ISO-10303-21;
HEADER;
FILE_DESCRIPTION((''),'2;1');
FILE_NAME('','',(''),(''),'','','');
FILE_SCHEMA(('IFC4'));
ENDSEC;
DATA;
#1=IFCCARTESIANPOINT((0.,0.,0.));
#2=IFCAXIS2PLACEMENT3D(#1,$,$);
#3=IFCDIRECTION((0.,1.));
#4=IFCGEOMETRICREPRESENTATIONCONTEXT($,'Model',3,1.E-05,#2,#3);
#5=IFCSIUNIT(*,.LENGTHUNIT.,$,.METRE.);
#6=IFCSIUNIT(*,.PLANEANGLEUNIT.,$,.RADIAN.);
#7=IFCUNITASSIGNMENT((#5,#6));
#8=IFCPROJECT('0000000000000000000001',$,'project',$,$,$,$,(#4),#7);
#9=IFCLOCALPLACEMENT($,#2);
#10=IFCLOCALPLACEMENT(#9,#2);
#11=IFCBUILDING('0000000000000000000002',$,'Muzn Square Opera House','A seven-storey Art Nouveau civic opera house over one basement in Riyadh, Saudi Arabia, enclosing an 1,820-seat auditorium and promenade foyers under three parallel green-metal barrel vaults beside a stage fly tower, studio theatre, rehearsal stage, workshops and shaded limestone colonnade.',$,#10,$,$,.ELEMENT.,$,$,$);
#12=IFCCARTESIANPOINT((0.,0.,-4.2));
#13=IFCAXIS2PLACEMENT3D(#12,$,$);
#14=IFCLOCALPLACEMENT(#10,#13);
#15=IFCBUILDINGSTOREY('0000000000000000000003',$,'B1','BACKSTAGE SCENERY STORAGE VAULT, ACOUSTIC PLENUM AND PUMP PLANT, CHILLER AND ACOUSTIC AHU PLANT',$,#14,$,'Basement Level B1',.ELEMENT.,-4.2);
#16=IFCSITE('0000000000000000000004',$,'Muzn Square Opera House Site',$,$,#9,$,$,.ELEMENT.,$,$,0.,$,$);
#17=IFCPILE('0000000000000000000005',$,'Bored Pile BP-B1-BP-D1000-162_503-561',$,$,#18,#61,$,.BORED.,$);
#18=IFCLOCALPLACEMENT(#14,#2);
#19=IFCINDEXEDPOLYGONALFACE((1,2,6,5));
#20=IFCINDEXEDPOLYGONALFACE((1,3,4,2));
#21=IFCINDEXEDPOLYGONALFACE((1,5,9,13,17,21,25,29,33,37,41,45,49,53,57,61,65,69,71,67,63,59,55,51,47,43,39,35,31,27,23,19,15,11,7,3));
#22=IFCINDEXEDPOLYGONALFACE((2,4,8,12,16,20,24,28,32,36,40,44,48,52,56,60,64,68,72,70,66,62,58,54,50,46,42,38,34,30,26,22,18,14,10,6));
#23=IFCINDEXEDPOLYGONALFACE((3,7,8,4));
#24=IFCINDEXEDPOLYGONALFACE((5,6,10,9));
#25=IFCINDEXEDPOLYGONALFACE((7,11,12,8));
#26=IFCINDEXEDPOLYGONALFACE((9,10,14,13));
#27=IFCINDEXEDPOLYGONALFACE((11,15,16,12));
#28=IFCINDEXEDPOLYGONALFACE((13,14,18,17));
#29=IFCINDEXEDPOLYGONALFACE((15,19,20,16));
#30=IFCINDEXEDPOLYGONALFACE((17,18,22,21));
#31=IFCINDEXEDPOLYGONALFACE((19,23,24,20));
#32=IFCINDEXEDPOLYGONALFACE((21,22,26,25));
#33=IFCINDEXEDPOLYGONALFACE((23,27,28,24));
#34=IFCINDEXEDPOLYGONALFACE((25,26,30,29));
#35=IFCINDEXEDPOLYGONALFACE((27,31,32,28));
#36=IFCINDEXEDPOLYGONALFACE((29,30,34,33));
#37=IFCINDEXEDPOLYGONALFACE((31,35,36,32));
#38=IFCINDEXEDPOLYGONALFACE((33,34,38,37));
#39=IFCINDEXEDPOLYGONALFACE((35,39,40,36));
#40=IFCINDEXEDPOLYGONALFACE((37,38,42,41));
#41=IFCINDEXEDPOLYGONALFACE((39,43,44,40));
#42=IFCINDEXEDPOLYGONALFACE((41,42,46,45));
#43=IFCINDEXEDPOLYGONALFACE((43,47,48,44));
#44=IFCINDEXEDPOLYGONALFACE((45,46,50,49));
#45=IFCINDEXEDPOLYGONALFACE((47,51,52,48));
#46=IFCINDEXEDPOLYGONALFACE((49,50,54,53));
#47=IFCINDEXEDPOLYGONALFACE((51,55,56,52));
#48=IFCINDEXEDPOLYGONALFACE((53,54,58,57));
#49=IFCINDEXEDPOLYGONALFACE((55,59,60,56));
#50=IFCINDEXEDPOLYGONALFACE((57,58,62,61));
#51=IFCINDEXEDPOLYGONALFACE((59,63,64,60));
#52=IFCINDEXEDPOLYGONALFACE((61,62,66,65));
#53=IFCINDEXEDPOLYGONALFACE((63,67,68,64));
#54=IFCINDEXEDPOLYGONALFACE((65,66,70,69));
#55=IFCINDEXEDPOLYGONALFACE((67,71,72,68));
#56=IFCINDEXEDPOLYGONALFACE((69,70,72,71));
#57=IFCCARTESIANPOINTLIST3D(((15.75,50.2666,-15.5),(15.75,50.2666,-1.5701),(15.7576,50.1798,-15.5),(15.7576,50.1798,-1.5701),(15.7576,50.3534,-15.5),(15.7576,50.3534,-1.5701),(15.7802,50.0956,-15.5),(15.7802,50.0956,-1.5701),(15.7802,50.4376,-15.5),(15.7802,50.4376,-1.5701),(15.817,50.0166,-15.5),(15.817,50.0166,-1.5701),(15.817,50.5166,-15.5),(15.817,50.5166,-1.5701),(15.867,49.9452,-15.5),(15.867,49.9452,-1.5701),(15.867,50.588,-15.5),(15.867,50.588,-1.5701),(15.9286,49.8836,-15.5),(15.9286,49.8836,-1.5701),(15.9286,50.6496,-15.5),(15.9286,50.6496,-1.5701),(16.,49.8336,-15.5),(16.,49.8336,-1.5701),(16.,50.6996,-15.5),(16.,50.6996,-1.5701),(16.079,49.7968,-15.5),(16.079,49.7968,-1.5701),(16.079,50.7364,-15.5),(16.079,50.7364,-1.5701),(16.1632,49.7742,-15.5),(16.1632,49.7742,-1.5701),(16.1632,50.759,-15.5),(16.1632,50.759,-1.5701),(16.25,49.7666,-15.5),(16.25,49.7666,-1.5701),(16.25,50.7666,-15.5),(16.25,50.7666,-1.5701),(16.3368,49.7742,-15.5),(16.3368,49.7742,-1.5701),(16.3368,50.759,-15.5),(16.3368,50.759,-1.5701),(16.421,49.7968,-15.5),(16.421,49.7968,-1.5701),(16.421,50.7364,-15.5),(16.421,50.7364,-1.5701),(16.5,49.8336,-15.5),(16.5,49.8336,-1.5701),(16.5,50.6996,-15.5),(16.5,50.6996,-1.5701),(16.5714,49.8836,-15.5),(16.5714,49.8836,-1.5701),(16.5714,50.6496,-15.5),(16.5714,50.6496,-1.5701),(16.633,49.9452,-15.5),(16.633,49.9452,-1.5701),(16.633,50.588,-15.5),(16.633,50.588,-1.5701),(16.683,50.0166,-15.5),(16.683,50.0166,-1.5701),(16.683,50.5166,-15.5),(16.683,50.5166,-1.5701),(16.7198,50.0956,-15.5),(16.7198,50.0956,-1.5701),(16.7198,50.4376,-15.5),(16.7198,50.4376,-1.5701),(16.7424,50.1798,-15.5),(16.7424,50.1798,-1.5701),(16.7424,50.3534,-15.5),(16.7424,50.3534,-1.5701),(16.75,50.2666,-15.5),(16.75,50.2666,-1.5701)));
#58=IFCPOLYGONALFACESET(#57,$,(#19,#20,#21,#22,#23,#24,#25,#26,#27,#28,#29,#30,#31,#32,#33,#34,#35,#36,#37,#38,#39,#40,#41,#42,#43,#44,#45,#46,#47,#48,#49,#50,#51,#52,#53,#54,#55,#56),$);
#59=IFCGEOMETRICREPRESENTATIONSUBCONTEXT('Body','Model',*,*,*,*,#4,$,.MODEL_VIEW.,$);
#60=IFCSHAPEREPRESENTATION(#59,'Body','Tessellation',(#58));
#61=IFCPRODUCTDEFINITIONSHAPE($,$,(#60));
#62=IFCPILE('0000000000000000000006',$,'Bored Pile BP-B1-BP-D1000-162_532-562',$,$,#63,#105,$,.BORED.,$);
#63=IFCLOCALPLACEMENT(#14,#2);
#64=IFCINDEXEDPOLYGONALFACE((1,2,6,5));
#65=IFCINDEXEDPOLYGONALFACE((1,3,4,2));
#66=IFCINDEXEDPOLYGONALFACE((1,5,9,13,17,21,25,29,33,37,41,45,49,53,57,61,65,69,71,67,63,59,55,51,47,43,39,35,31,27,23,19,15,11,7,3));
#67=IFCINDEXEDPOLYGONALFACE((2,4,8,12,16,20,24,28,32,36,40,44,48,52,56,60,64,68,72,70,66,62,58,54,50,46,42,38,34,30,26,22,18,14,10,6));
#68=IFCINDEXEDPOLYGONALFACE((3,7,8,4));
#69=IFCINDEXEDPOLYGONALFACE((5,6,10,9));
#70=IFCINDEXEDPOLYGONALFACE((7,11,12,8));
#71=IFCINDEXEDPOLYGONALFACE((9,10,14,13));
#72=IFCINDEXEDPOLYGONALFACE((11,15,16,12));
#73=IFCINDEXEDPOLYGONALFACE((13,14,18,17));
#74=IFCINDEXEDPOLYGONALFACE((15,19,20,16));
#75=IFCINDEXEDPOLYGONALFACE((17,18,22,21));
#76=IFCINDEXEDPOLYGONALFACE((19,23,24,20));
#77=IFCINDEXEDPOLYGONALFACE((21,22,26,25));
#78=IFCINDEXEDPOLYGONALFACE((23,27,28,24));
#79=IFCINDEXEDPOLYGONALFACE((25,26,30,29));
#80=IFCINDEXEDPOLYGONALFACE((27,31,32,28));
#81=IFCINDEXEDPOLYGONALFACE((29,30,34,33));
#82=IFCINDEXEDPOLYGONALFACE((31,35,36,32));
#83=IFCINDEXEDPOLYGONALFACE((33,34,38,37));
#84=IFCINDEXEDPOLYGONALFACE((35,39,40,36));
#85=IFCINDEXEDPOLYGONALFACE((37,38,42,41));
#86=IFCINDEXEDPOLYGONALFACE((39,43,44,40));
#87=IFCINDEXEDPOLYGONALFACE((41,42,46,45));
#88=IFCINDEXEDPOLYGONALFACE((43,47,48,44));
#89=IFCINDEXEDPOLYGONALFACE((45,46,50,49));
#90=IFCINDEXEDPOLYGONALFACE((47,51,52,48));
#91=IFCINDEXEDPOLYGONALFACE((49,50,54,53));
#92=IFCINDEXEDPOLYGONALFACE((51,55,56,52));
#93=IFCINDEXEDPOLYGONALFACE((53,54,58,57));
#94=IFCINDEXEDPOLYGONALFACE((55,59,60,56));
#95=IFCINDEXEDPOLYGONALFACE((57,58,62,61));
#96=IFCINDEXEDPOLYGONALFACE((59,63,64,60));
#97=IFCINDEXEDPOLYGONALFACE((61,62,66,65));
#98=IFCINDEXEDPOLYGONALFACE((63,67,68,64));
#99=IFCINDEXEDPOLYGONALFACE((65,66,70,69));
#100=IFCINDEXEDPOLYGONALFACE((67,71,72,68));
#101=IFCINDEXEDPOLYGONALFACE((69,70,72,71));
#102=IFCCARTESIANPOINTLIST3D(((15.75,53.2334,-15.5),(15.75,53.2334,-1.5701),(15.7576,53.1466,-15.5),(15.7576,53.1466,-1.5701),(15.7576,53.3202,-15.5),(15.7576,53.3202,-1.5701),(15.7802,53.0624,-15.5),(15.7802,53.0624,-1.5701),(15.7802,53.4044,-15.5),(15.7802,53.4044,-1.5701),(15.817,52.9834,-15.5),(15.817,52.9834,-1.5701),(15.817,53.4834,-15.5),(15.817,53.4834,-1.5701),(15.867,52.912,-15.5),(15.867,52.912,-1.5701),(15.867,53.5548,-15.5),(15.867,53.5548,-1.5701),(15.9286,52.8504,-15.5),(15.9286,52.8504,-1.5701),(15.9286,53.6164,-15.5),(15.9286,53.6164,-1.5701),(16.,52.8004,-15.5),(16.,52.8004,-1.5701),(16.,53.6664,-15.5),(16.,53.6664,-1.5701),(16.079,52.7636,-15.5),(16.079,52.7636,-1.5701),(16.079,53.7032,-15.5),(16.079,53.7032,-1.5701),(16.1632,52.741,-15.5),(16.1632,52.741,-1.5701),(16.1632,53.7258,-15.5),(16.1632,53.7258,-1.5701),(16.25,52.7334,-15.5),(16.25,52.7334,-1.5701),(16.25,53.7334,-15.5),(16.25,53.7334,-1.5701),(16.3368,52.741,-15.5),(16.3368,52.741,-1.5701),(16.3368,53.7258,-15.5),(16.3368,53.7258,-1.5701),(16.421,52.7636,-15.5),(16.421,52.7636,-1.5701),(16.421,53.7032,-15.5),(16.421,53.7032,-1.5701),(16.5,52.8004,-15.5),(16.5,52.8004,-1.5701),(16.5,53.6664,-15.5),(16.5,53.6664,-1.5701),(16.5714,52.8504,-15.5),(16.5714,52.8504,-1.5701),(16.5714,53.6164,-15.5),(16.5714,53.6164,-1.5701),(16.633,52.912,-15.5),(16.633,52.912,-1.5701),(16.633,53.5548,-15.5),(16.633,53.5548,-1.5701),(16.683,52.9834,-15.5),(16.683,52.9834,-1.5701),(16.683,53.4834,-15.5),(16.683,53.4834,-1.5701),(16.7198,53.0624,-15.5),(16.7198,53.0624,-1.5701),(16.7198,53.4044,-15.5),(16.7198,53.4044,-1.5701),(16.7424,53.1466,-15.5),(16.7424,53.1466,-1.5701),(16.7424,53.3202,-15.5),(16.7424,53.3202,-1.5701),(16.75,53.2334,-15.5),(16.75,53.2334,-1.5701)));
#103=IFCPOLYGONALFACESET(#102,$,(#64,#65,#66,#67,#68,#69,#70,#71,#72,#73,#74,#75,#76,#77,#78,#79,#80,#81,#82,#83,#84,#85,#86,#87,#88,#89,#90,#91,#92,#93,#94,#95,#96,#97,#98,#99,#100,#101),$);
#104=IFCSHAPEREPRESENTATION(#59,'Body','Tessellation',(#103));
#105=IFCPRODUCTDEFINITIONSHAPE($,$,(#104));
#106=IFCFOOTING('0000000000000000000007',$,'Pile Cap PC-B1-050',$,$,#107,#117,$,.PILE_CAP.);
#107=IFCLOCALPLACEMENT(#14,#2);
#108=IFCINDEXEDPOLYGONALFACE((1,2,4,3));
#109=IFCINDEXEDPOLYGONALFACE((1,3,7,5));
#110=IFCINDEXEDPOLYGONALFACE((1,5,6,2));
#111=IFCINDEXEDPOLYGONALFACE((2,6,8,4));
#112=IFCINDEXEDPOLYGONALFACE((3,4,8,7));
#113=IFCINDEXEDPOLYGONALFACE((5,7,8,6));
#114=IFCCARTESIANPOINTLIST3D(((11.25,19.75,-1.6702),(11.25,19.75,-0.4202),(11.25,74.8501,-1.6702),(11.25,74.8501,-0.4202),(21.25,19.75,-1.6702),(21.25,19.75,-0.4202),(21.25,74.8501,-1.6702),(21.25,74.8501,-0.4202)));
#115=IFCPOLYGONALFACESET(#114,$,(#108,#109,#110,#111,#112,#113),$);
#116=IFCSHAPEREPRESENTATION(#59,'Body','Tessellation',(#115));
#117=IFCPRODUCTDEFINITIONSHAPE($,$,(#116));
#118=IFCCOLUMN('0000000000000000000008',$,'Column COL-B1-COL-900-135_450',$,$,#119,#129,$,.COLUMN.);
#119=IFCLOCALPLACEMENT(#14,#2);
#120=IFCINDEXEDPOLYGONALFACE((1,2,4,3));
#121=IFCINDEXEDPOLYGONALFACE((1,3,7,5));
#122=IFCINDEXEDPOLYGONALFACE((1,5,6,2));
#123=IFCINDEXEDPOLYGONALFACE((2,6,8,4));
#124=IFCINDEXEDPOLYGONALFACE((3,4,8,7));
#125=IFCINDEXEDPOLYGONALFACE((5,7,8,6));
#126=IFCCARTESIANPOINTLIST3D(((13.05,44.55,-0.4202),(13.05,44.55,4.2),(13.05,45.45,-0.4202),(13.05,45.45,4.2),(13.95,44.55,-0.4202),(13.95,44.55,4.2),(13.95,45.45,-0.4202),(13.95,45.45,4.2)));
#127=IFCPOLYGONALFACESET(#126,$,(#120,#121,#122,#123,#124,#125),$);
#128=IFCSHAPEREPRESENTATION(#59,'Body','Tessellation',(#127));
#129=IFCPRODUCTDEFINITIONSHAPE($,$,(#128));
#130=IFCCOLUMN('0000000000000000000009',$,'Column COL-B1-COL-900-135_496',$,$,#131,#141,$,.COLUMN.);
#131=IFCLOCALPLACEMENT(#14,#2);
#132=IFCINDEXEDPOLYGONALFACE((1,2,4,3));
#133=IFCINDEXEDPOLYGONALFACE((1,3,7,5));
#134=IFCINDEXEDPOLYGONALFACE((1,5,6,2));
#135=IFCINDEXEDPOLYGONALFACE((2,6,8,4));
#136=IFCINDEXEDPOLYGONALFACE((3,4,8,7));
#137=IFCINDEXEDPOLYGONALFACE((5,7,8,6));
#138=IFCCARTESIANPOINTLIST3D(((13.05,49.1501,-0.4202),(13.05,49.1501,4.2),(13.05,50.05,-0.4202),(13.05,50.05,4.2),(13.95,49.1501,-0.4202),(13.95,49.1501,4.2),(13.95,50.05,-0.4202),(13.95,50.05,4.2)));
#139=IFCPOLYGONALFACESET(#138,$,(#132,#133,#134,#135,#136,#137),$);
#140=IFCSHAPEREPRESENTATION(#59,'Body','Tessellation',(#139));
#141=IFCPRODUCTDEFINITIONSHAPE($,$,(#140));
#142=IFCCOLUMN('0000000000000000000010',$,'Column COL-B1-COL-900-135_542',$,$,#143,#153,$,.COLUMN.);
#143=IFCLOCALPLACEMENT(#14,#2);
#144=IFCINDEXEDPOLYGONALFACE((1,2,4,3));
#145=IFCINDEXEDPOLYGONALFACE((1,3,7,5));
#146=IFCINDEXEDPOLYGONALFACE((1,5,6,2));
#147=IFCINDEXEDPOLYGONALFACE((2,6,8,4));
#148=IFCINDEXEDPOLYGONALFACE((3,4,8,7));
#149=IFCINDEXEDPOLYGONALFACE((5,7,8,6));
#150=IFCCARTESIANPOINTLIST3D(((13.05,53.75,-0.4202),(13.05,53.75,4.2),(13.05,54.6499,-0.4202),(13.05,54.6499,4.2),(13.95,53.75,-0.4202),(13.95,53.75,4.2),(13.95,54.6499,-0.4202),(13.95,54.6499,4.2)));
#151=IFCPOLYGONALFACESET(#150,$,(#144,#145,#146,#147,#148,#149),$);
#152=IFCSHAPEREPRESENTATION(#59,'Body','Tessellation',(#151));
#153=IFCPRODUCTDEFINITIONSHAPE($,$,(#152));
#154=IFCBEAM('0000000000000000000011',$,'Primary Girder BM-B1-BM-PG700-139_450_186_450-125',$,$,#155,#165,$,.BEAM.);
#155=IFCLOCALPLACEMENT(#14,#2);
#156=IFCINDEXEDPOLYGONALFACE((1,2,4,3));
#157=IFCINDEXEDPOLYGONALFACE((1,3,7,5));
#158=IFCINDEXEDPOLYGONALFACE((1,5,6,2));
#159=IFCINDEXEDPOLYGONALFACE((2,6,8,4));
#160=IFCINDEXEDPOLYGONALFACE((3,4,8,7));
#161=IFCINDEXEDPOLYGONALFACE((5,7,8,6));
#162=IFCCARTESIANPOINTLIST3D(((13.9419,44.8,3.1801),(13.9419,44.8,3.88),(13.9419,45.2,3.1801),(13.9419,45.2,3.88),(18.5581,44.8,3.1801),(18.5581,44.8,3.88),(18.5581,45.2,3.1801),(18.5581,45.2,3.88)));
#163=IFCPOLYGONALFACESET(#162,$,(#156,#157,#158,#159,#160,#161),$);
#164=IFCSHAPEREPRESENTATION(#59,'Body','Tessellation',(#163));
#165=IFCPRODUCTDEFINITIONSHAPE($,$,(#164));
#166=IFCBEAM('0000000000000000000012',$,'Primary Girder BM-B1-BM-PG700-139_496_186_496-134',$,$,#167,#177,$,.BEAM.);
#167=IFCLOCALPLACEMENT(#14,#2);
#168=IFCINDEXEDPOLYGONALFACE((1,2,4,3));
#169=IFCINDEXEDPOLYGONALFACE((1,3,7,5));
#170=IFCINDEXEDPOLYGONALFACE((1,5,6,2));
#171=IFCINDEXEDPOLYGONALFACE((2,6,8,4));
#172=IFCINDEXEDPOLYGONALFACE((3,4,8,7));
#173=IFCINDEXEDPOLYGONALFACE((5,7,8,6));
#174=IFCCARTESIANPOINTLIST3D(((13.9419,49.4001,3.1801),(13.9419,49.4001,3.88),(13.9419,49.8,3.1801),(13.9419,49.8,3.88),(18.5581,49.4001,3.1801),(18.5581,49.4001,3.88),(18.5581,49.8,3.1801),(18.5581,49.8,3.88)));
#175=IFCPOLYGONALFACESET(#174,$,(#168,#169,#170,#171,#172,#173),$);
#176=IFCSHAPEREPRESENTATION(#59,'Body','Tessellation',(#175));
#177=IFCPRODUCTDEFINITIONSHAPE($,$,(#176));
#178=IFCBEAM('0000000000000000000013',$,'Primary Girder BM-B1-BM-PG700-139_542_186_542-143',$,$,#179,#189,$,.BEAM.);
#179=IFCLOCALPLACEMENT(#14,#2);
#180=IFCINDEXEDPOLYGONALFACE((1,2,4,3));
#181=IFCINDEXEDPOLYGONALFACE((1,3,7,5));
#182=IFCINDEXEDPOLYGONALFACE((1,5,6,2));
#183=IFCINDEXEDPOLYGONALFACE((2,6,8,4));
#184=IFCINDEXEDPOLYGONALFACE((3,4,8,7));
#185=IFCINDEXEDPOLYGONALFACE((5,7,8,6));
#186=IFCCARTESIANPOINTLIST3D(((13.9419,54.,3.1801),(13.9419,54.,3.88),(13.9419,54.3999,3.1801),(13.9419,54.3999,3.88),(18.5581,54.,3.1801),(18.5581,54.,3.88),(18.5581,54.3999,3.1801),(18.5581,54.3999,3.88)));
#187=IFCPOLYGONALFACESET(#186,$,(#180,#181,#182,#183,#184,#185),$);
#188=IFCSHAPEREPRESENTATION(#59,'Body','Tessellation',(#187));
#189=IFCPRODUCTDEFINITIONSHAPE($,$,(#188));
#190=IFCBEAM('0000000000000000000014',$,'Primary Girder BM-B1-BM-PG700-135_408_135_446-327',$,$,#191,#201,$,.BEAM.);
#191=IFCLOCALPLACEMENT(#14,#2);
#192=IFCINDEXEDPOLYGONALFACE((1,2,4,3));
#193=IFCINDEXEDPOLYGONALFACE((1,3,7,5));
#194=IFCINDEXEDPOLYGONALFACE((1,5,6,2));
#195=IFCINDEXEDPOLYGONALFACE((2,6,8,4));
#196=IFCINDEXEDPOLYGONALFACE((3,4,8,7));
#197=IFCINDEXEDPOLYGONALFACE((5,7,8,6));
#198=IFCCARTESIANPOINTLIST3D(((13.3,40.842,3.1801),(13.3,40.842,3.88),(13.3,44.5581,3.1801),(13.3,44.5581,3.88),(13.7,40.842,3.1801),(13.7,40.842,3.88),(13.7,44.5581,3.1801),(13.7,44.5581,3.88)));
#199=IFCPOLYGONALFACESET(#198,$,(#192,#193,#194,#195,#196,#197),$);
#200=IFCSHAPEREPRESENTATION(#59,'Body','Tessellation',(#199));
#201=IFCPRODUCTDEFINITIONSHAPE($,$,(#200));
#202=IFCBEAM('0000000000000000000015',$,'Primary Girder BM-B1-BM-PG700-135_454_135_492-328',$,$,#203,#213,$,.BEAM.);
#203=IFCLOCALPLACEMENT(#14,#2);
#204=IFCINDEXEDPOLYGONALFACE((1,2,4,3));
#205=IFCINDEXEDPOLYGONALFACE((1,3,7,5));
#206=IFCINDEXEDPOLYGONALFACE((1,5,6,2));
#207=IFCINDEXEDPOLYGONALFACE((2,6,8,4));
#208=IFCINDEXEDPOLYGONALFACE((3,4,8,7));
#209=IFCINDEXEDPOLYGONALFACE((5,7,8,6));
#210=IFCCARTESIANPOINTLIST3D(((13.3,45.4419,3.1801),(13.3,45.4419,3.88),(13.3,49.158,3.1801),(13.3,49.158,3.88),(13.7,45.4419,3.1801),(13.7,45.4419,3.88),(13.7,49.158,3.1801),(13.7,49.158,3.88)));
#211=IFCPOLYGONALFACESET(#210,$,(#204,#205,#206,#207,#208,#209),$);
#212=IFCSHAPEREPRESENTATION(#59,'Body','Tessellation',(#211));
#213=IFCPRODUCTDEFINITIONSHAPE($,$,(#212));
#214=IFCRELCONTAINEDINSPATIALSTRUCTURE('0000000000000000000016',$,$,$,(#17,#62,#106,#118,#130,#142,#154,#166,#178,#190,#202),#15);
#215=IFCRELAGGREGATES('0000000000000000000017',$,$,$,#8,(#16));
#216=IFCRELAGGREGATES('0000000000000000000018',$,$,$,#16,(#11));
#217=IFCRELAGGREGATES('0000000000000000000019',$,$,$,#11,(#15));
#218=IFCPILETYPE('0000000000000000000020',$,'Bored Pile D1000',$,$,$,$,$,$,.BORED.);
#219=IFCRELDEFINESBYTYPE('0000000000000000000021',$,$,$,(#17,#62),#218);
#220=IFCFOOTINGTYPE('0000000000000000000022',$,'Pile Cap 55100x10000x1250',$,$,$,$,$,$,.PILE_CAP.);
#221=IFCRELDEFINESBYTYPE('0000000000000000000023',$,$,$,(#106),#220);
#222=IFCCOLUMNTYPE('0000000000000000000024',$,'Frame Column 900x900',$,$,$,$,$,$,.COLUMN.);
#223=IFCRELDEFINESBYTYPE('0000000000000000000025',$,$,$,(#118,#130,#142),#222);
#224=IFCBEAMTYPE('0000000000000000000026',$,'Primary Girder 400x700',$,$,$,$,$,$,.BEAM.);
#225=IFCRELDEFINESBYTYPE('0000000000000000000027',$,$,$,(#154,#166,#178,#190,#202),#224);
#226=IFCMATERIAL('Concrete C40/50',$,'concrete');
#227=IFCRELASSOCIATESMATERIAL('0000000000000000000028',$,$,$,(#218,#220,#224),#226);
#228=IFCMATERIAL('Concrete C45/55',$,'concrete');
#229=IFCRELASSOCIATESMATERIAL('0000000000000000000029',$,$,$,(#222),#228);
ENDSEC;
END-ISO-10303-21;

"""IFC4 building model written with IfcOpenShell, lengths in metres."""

from ifc_helpers import new_model, si_unit, direction, frame, origin, origin_2d, place, context, subcontext, project, spatial, rectangle, circle, extrude, material, material_profile, profile_set, type_object, element, save


model = new_model("IFC4")

# Units and contexts
model_context = context("Model", 3, precision=1e-05, world=origin(), true_north=direction((0.0, 1.0)))
body_context = subcontext(model_context, "Body", "Model", "MODEL_VIEW")
ifc_project = project(units=[si_unit("LENGTHUNIT", "METRE"), si_unit("PLANEANGLEUNIT", "RADIAN")], contexts=[model_context])

# Site, building, storey
site_placement = place(None, origin())
site = spatial("IfcSite", under=ifc_project, at=site_placement, Name="Muzn Square Opera House Site", CompositionType="ELEMENT", RefElevation=0.0)
building_placement = place(site_placement, origin())
building = spatial("IfcBuilding", under=site, at=building_placement, Name="Muzn Square Opera House", Description="A seven-storey Art Nouveau civic opera house over one basement in Riyadh, Saudi Arabia, enclosing an 1,820-seat auditorium and promenade foyers under three parallel green-metal barrel vaults beside a stage fly tower, studio theatre, rehearsal stage, workshops and shaded limestone colonnade.", CompositionType="ELEMENT")
storey_placement = place(building_placement, frame((0.0, 0.0, -4.2)))
storey = spatial("IfcBuildingStorey", under=building, at=storey_placement, Name="B1", Description="BACKSTAGE SCENERY STORAGE VAULT, ACOUSTIC PLENUM AND PUMP PLANT, CHILLER AND ACOUSTIC AHU PLANT", LongName="Basement Level B1", CompositionType="ELEMENT", Elevation=-4.2)

# Piles
ifc_material_1 = material(Name="Concrete C40/50", Category="concrete")
ifc_material_profile_1 = material_profile(ifc_material_1, circle(Radius=0.5, at=origin_2d()), Name="BORED PILE D1000", Category="concrete")
ifc_profile_set_1 = profile_set([ifc_material_profile_1], Name="Concrete C40/50")
pile_type = type_object("IfcPileType", Name="Bored Pile D1000", PredefinedType="BORED", material=ifc_profile_set_1)
for number, where, z_axis, x_axis, name in (
    (1, (16.25, 50.2666, -1.5701), (0.0, 0.0, -1.0), (1.0, 0.0, 0.0), "Bored Pile BP-B1-BP-D1000-162_503-561"),
    (2, (16.25, 53.2334, -1.5701), (0.0, 0.0, -1.0), (1.0, 0.0, 0.0), "Bored Pile BP-B1-BP-D1000-162_532-562"),
):
    element("IfcPile", number, at=place(storey_placement, frame(where, z_axis=z_axis, x_axis=x_axis)), inside=storey, type_object=pile_type, Name=name, PredefinedType="BORED", context=body_context, shape_type="SweptSolid", body=[
        extrude(circle(Radius=0.5, at=origin_2d()), origin(), (0.0, 0.0, 1.0), 13.9299),
    ])

# Footing
footing_type = type_object("IfcFootingType", Name="Pile Cap 55100x10000x1250", PredefinedType="PILE_CAP", material=ifc_material_1)
footing_placement = place(storey_placement, frame((16.25, 47.3, -1.6702), z_axis=(0.0, 0.0, 1.0), x_axis=(1.0, 0.0, 0.0)))
element("IfcFooting", 3, at=footing_placement, inside=storey, type_object=footing_type, Name="Pile Cap PC-B1-050", PredefinedType="PILE_CAP", context=body_context, shape_type="SweptSolid", body=[
    extrude(rectangle(XDim=10.0, YDim=55.1001, at=origin_2d()), origin(), (0.0, 0.0, 1.0), 1.25),
])

# Columns
ifc_material_2 = material(Name="Concrete C45/55", Category="concrete")
ifc_material_profile_2 = material_profile(ifc_material_2, rectangle(XDim=0.8999, YDim=0.8999, at=origin_2d()), Name="RC 900x900", Category="concrete")
ifc_profile_set_2 = profile_set([ifc_material_profile_2], Name="Concrete C45/55")
column_type = type_object("IfcColumnType", Name="Frame Column 900x900", PredefinedType="COLUMN", material=ifc_profile_set_2)
for number, where, z_axis, x_axis, name in (
    (4, (13.5, 45.0, -0.4202), (0.0, 0.0, 1.0), (1.0, 0.0, 0.0), "Column COL-B1-COL-900-135_450"),
    (5, (13.5, 49.6001, -0.4202), (0.0, 0.0, 1.0), (1.0, 0.0, 0.0), "Column COL-B1-COL-900-135_496"),
    (6, (13.5, 54.2, -0.4202), (0.0, 0.0, 1.0), (1.0, 0.0, 0.0), "Column COL-B1-COL-900-135_542"),
):
    element("IfcColumn", number, at=place(storey_placement, frame(where, z_axis=z_axis, x_axis=x_axis)), inside=storey, type_object=column_type, Name=name, PredefinedType="COLUMN", context=body_context, shape_type="SweptSolid", body=[
        extrude(rectangle(XDim=0.8999, YDim=0.8999, at=origin_2d()), origin(), (0.0, 0.0, 1.0), 4.6201),
    ])

# Beams
ifc_material_profile_3 = material_profile(ifc_material_1, rectangle(XDim=0.3999, YDim=0.7, at=origin_2d()), Name="RCB 400x700", Category="concrete")
ifc_profile_set_3 = profile_set([ifc_material_profile_3], Name="Concrete C40/50")
beam_type = type_object("IfcBeamType", Name="Primary Girder 400x700", PredefinedType="BEAM", material=ifc_profile_set_3)
for number, where, z_axis, x_axis, name in (
    (7, (13.9419, 45.0, 3.53), (1.0, 0.0, 0.0), (0.0, 1.0, 0.0), "Primary Girder BM-B1-BM-PG700-139_450_186_450-125"),
    (8, (13.9419, 49.6001, 3.53), (1.0, 0.0, 0.0), (0.0, 1.0, 0.0), "Primary Girder BM-B1-BM-PG700-139_496_186_496-134"),
    (9, (13.9419, 54.2, 3.53), (1.0, 0.0, 0.0), (0.0, 1.0, 0.0), "Primary Girder BM-B1-BM-PG700-139_542_186_542-143"),
):
    element("IfcBeam", number, at=place(storey_placement, frame(where, z_axis=z_axis, x_axis=x_axis)), inside=storey, type_object=beam_type, Name=name, PredefinedType="BEAM", context=body_context, shape_type="SweptSolid", body=[
        extrude(rectangle(XDim=0.3999, YDim=0.7, at=origin_2d()), origin(), (0.0, 0.0, 1.0), 4.6162),
    ])
for number, where, z_axis, x_axis, name in (
    (10, (13.5, 40.842, 3.53), (0.0, 1.0, 0.0), (-1.0, 0.0, 0.0), "Primary Girder BM-B1-BM-PG700-135_408_135_446-327"),
    (11, (13.5, 45.4419, 3.53), (0.0, 1.0, 0.0), (-1.0, 0.0, 0.0), "Primary Girder BM-B1-BM-PG700-135_454_135_492-328"),
):
    element("IfcBeam", number, at=place(storey_placement, frame(where, z_axis=z_axis, x_axis=x_axis)), inside=storey, type_object=beam_type, Name=name, PredefinedType="BEAM", context=body_context, shape_type="SweptSolid", body=[
        extrude(rectangle(XDim=0.3999, YDim=0.7, at=origin_2d()), origin(), (0.0, 0.0, 1.0), 3.7161),
    ])

save(model, "model.ifc")
